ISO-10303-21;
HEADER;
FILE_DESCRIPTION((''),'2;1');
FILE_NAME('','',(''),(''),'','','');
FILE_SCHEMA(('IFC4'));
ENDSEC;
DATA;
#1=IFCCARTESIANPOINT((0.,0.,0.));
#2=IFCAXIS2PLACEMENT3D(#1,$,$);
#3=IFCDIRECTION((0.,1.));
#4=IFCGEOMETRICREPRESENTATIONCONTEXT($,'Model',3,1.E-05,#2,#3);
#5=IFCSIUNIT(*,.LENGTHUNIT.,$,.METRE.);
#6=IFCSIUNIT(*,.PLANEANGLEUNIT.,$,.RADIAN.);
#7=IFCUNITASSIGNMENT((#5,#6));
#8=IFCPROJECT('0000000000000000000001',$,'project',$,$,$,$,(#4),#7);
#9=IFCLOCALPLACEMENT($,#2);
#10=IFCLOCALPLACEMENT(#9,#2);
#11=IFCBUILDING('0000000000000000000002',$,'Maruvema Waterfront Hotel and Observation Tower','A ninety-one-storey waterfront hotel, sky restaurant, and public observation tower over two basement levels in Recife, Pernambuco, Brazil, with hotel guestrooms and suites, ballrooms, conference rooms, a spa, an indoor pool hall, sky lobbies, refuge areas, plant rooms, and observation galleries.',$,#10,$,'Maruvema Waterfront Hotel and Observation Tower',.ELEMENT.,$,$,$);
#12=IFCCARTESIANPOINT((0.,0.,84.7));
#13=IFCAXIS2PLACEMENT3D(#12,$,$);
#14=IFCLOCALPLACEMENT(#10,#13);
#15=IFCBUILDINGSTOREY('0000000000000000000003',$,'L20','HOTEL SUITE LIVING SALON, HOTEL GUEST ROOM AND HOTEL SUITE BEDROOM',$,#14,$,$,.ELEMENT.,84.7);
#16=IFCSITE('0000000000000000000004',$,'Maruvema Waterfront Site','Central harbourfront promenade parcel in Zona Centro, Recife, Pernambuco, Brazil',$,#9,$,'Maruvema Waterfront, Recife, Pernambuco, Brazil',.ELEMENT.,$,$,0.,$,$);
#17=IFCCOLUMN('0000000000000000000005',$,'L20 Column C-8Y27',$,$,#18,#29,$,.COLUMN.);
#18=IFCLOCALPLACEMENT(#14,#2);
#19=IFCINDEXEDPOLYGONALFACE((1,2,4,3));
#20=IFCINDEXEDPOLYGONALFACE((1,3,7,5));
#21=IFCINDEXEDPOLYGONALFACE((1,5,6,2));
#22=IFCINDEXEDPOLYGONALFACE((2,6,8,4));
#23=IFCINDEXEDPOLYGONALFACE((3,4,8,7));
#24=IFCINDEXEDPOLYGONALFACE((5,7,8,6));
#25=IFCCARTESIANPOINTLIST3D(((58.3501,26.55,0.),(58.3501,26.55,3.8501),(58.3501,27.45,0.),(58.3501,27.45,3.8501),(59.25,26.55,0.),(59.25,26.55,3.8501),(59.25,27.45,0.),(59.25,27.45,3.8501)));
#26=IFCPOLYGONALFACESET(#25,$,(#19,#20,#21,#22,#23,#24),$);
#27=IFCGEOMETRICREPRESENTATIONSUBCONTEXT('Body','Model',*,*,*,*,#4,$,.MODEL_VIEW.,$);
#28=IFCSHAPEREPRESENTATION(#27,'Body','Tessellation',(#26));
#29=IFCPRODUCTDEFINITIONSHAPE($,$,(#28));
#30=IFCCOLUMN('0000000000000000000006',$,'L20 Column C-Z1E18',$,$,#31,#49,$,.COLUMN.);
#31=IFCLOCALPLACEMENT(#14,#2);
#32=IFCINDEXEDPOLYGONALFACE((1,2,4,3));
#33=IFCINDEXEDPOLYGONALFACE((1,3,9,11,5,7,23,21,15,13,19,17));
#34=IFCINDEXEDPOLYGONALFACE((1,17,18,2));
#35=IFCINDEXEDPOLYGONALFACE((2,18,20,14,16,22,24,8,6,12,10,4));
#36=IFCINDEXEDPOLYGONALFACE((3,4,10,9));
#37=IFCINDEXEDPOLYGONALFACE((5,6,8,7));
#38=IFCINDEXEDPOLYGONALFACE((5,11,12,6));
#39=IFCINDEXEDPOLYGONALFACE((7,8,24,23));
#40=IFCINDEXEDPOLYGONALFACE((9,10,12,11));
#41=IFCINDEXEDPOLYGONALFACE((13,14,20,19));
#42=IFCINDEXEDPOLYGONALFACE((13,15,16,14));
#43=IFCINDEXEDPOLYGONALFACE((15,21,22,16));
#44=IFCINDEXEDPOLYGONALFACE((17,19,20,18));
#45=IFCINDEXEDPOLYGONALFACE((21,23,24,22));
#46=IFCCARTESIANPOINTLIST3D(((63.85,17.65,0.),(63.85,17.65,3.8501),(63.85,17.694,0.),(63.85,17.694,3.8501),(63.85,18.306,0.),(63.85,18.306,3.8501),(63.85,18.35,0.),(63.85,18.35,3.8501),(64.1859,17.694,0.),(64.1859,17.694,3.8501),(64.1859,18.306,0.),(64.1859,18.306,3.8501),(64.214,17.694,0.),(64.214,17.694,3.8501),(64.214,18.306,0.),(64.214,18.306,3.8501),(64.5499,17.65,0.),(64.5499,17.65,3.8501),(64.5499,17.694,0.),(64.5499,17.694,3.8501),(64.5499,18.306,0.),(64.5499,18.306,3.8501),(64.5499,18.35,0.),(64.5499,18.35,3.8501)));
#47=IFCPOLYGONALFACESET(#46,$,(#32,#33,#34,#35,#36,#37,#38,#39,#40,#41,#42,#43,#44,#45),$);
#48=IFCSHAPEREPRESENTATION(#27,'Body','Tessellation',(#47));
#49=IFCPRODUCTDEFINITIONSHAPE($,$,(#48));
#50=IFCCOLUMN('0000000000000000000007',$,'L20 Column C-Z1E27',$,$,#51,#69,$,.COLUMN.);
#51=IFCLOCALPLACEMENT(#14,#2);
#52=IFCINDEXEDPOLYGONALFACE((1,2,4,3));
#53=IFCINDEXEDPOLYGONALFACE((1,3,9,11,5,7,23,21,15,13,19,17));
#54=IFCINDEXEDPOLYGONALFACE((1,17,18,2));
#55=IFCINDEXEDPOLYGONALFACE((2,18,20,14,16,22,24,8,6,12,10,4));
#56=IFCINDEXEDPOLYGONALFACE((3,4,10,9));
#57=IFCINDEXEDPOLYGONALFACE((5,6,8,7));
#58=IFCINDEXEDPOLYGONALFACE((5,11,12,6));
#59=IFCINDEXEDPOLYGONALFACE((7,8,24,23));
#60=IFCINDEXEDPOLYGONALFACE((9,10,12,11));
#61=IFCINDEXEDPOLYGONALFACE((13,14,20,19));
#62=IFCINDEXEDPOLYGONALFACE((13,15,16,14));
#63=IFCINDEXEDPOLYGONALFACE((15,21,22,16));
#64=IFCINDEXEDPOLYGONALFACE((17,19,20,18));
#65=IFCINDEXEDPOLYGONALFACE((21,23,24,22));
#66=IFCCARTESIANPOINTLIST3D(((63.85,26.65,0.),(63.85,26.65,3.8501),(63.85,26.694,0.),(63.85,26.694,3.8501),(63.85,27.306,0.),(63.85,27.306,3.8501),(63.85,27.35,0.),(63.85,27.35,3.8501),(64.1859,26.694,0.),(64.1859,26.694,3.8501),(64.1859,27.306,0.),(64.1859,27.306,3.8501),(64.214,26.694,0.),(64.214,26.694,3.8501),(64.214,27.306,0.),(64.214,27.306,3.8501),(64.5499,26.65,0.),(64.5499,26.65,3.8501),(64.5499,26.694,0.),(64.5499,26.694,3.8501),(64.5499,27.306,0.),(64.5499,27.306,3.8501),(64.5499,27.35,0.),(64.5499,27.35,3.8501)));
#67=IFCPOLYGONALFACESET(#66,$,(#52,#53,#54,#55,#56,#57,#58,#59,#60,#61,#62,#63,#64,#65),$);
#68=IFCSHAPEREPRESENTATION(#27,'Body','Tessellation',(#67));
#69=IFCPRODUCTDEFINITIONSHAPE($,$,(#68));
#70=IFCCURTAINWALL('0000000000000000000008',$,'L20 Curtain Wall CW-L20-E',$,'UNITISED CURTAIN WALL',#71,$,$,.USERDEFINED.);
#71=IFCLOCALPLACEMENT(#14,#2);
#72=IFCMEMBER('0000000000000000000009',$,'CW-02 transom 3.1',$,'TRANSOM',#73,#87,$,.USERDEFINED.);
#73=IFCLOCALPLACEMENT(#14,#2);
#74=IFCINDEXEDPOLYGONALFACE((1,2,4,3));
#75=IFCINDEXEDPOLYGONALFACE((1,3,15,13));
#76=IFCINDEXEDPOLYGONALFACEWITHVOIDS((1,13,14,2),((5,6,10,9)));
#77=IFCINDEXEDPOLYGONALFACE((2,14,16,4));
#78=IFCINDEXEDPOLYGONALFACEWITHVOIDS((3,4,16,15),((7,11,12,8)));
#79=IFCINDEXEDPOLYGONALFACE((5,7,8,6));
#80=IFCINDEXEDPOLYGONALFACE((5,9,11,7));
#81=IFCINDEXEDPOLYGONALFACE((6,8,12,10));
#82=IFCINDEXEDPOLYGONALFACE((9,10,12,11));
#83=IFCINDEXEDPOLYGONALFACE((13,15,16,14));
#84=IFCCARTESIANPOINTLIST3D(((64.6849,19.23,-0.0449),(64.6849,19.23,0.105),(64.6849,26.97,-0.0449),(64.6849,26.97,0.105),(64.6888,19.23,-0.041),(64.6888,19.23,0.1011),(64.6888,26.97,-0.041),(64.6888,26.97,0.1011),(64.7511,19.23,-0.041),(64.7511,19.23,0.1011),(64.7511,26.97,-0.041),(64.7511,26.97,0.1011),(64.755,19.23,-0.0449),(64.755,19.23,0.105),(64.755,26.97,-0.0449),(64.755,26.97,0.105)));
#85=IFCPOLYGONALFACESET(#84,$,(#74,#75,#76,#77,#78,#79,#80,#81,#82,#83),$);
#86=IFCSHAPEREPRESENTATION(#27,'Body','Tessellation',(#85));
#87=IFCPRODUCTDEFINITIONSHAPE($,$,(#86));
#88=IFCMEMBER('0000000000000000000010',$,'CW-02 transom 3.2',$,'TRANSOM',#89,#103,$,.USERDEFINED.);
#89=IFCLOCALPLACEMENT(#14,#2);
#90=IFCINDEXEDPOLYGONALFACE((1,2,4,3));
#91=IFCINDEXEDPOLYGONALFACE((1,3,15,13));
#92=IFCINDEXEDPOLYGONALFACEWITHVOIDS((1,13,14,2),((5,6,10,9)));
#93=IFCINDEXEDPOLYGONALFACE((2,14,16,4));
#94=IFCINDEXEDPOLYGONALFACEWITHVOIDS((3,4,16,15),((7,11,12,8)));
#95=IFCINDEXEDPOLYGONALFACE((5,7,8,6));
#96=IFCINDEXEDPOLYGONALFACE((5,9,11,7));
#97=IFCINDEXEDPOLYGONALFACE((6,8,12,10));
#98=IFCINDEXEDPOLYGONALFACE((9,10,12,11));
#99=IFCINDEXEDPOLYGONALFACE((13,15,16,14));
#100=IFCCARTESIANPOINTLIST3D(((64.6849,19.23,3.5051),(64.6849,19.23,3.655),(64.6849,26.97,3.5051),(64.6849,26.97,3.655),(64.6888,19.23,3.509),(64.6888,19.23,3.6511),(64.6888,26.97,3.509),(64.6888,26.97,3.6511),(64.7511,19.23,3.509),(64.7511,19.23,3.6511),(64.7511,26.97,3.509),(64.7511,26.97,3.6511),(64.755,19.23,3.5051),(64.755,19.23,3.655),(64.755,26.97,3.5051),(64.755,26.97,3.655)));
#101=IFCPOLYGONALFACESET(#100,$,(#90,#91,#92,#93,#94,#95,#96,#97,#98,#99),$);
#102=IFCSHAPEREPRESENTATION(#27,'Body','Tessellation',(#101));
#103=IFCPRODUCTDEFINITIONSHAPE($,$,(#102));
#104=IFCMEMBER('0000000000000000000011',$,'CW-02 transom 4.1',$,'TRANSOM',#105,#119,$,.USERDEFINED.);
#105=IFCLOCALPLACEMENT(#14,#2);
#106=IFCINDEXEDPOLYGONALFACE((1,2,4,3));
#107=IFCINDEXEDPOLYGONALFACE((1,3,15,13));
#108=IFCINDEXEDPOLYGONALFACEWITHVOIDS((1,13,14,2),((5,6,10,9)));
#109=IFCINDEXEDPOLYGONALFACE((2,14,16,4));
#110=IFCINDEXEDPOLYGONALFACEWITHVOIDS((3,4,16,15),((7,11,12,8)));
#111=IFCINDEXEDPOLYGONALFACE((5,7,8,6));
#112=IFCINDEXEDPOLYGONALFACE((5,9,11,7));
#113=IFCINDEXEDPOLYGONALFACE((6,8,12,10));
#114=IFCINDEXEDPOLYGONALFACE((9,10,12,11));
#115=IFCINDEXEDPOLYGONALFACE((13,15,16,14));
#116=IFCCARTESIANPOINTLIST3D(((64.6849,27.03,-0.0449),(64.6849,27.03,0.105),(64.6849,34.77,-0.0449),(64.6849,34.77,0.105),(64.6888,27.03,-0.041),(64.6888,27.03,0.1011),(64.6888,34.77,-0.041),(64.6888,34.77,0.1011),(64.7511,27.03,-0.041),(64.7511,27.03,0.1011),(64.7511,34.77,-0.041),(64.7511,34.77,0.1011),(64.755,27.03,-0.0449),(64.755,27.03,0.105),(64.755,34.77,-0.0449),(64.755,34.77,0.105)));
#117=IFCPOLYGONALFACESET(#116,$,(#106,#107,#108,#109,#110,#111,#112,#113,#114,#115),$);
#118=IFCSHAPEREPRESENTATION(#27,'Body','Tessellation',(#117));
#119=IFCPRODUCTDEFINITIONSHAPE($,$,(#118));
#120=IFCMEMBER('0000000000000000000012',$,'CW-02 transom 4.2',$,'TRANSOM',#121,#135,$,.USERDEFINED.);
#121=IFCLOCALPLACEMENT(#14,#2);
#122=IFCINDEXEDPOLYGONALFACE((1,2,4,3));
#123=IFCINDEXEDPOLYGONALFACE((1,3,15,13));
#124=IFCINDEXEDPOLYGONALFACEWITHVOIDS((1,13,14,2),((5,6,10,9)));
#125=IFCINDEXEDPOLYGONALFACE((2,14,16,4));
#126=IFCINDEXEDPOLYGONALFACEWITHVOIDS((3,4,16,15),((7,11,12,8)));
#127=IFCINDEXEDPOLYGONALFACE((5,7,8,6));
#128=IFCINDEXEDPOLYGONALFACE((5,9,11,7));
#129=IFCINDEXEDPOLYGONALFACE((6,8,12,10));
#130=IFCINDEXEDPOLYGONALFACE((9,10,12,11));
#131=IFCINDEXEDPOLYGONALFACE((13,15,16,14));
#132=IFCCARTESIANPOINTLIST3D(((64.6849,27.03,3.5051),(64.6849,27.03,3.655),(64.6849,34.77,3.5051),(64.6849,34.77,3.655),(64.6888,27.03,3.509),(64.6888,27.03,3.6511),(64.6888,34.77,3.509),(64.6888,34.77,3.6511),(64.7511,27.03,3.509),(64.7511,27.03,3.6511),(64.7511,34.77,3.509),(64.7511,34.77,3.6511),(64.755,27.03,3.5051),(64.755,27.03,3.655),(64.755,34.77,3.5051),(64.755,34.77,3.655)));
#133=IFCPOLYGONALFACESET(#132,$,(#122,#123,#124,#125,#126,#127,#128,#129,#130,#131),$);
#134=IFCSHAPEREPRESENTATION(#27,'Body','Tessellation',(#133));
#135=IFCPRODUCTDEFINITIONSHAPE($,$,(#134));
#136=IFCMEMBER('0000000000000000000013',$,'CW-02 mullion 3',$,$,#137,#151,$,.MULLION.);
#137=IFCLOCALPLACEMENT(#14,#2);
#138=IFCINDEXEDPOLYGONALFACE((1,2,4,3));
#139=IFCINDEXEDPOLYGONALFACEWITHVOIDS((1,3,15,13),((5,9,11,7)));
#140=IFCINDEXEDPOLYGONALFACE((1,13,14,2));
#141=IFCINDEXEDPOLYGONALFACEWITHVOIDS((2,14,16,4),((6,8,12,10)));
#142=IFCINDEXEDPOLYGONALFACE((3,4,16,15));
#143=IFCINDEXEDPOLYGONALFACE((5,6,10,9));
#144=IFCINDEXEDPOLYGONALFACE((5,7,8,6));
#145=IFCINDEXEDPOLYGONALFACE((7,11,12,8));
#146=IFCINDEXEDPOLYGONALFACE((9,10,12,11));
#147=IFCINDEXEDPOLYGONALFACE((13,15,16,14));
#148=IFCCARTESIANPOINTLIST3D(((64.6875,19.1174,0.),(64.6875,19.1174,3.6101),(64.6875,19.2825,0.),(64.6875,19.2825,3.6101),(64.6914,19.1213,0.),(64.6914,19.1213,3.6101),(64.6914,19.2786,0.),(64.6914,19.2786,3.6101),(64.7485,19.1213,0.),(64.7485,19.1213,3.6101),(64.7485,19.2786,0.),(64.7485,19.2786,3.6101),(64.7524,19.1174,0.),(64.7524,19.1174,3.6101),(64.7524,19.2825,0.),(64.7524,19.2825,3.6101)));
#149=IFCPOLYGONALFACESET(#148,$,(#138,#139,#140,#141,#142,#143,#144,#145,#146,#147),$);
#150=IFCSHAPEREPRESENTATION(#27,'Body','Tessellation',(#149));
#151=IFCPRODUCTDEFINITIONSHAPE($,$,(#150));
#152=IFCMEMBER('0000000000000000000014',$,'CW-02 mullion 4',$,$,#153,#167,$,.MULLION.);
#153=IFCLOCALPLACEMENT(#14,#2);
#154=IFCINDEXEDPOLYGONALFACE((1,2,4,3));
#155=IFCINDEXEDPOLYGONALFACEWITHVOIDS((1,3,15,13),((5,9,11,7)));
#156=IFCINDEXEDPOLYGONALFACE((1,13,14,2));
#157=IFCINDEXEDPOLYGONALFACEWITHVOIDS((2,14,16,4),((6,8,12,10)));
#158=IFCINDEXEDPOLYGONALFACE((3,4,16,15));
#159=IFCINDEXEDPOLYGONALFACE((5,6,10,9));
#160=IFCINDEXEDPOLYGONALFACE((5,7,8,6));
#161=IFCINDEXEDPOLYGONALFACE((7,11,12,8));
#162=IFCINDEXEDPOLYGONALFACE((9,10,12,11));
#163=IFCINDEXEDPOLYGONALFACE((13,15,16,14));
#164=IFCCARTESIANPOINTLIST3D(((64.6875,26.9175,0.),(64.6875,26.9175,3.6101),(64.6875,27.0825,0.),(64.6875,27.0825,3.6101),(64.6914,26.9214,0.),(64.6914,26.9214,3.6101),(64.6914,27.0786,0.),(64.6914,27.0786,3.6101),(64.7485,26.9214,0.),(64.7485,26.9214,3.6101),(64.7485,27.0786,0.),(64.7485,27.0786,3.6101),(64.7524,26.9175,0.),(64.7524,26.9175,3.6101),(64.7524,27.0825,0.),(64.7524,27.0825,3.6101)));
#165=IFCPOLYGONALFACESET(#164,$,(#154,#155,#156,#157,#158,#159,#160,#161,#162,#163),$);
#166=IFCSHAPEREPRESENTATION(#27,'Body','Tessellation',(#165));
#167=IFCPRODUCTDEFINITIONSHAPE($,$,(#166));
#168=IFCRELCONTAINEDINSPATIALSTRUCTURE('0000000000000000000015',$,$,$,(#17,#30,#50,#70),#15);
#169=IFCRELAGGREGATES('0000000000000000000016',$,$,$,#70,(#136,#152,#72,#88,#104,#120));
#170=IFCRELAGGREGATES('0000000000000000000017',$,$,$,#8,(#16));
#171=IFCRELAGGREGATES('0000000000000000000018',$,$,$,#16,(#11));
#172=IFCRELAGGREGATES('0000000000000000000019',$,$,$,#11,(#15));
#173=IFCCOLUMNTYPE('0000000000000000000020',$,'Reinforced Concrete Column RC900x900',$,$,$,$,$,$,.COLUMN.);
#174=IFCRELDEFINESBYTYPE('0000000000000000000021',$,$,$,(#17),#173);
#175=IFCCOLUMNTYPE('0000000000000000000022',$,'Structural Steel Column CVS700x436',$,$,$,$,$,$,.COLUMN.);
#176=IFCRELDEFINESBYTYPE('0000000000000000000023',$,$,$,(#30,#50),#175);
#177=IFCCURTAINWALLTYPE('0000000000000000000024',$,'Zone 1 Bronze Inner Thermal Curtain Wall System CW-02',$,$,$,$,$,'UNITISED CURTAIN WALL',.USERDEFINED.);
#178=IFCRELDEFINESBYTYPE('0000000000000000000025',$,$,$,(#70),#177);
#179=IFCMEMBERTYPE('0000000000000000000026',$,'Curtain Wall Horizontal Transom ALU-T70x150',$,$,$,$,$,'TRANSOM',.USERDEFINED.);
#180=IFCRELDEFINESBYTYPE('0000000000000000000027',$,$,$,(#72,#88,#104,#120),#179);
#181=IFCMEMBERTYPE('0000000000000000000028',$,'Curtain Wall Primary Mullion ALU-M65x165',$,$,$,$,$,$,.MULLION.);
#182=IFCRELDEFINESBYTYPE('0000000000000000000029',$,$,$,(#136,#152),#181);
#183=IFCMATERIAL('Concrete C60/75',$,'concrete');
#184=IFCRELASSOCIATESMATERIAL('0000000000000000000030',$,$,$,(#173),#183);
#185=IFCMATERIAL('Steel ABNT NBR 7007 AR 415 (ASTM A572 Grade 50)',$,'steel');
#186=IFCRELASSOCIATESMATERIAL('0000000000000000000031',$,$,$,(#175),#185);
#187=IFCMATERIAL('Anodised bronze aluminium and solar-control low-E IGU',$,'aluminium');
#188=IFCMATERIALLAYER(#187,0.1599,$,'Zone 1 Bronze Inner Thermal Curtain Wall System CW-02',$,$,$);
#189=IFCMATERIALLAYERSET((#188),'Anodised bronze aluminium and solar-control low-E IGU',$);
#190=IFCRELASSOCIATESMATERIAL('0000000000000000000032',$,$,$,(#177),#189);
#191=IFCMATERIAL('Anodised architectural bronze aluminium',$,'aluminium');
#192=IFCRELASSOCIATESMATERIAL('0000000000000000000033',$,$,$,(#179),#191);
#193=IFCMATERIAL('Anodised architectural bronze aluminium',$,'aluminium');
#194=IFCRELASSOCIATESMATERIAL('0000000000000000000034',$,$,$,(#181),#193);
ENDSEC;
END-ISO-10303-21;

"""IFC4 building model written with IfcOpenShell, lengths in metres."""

from ifc_helpers import new_model, si_unit, direction, frame, origin, origin_2d, place, context, subcontext, project, spatial, rectangle, hollow_rectangle, i_section, extrude, material, layer, layer_set, material_profile, profile_set, type_object, element, aggregate, save


model = new_model("IFC4")

# Units and contexts
model_context = context("Model", 3, precision=1e-05, world=origin(), true_north=direction((0.0, 1.0)))
body_context = subcontext(model_context, "Body", "Model", "MODEL_VIEW")
ifc_project = project(units=[si_unit("LENGTHUNIT", "METRE"), si_unit("PLANEANGLEUNIT", "RADIAN")], contexts=[model_context])

# Site, building, storey
site_placement = place(None, origin())
site = spatial("IfcSite", under=ifc_project, at=site_placement, Name="Maruvema Waterfront Site", Description="Central harbourfront promenade parcel in Zona Centro, Recife, Pernambuco, Brazil", LongName="Maruvema Waterfront, Recife, Pernambuco, Brazil", CompositionType="ELEMENT", RefElevation=0.0)
building_placement = place(site_placement, origin())
building = spatial("IfcBuilding", under=site, at=building_placement, Name="Maruvema Waterfront Hotel and Observation Tower", Description="A ninety-one-storey waterfront hotel, sky restaurant, and public observation tower over two basement levels in Recife, Pernambuco, Brazil, with hotel guestrooms and suites, ballrooms, conference rooms, a spa, an indoor pool hall, sky lobbies, refuge areas, plant rooms, and observation galleries.", LongName="Maruvema Waterfront Hotel and Observation Tower", CompositionType="ELEMENT")
storey_placement = place(building_placement, frame((0.0, 0.0, 84.7)))
storey = spatial("IfcBuildingStorey", under=building, at=storey_placement, Name="L20", Description="HOTEL SUITE LIVING SALON, HOTEL GUEST ROOM AND HOTEL SUITE BEDROOM", CompositionType="ELEMENT", Elevation=84.7)

# Columns
ifc_material_1 = material(Name="Concrete C60/75", Category="concrete")
ifc_material_profile_1 = material_profile(ifc_material_1, rectangle(XDim=0.8999, YDim=0.8999, at=origin_2d()), Name="RC900x900")
ifc_profile_set_1 = profile_set([ifc_material_profile_1], Name="Concrete C60/75")
column_type_1 = type_object("IfcColumnType", Name="Reinforced Concrete Column RC900x900", PredefinedType="COLUMN", material=ifc_profile_set_1)
column_placement = place(storey_placement, frame((58.8, 27.0, 0.0), z_axis=(0.0, 0.0, 1.0), x_axis=(1.0, 0.0, 0.0)))
element("IfcColumn", 1, at=column_placement, inside=storey, type_object=column_type_1, Name="L20 Column C-8Y27", PredefinedType="COLUMN", context=body_context, shape_type="SweptSolid", body=[
    extrude(rectangle(XDim=0.8999, YDim=0.8999, at=origin_2d()), origin(), (0.0, 0.0, 1.0), 3.8501),
])
ifc_material_2 = material(Name="Steel ABNT NBR 7007 AR 415 (ASTM A572 Grade 50)", Category="steel")
ifc_material_profile_2 = material_profile(ifc_material_2, i_section(OverallWidth=0.7, OverallDepth=0.7, WebThickness=0.0281, FlangeThickness=0.0439, at=origin_2d()), Name="CVS700x436")
ifc_profile_set_2 = profile_set([ifc_material_profile_2], Name="Steel ABNT NBR 7007 AR 415 (ASTM A572 Grade 50)")
column_type_2 = type_object("IfcColumnType", Name="Structural Steel Column CVS700x436", PredefinedType="COLUMN", material=ifc_profile_set_2)
for number, where, z_axis, x_axis, name in (
    (2, (64.2, 18.0, 0.0), (0.0, 0.0, 1.0), (1.0, 0.0, 0.0), "L20 Column C-Z1E18"),
    (3, (64.2, 27.0, 0.0), (0.0, 0.0, 1.0), (1.0, 0.0, 0.0), "L20 Column C-Z1E27"),
):
    element("IfcColumn", number, at=place(storey_placement, frame(where, z_axis=z_axis, x_axis=x_axis)), inside=storey, type_object=column_type_2, Name=name, PredefinedType="COLUMN", context=body_context, shape_type="SweptSolid", body=[
        extrude(i_section(OverallWidth=0.7, OverallDepth=0.7, WebThickness=0.0281, FlangeThickness=0.0439, at=origin_2d()), origin(), (0.0, 0.0, 1.0), 3.8501),
    ])

# Curtain wall, members
ifc_material_3 = material(Name="Anodised bronze aluminium and solar-control low-E IGU", Category="aluminium")
ifc_layer_1 = layer(ifc_material_3, 0.1599, Name="Zone 1 Bronze Inner Thermal Curtain Wall System CW-02")
ifc_layer_set_1 = layer_set([ifc_layer_1], Name="Anodised bronze aluminium and solar-control low-E IGU")
curtain_wall_type = type_object("IfcCurtainWallType", Name="Zone 1 Bronze Inner Thermal Curtain Wall System CW-02", ElementType="UNITISED CURTAIN WALL", PredefinedType="USERDEFINED", material=ifc_layer_set_1)
curtain_wall_placement = place(storey_placement, origin())
curtain_wall = element("IfcCurtainWall", 4, at=curtain_wall_placement, inside=storey, type_object=curtain_wall_type, Name="L20 Curtain Wall CW-L20-E", ObjectType="UNITISED CURTAIN WALL", PredefinedType="USERDEFINED")
ifc_material_4 = material(Name="Anodised architectural bronze aluminium", Category="aluminium")
ifc_material_profile_3 = material_profile(ifc_material_4, hollow_rectangle(XDim=0.0701, YDim=0.1499, WallThickness=0.0039, at=origin_2d()), Name="ALU-T70x150")
ifc_profile_set_3 = profile_set([ifc_material_profile_3], Name="Anodised architectural bronze aluminium")
member_type_1 = type_object("IfcMemberType", Name="Curtain Wall Horizontal Transom ALU-T70x150", ElementType="TRANSOM", PredefinedType="USERDEFINED", material=ifc_profile_set_3)
member_1_placement = place(storey_placement, frame((64.72, 19.23, 0.03), z_axis=(0.0, 1.0, 0.0), x_axis=(-1.0, 0.0, 0.0)))
member_1 = element("IfcMember", 5, at=member_1_placement, type_object=member_type_1, Name="CW-02 transom 3.1", ObjectType="TRANSOM", PredefinedType="USERDEFINED", context=body_context, shape_type="SweptSolid", body=[
    extrude(hollow_rectangle(XDim=0.0701, YDim=0.1499, WallThickness=0.0039, at=origin_2d()), origin(), (0.0, 0.0, 1.0), 7.74),
])
member_2_placement = place(storey_placement, frame((64.72, 19.23, 3.5801), z_axis=(0.0, 1.0, 0.0), x_axis=(-1.0, 0.0, 0.0)))
member_2 = element("IfcMember", 6, at=member_2_placement, type_object=member_type_1, Name="CW-02 transom 3.2", ObjectType="TRANSOM", PredefinedType="USERDEFINED", context=body_context, shape_type="SweptSolid", body=[
    extrude(hollow_rectangle(XDim=0.0701, YDim=0.1499, WallThickness=0.0039, at=origin_2d()), origin(), (0.0, 0.0, 1.0), 7.74),
])
member_3_placement = place(storey_placement, frame((64.72, 27.03, 0.03), z_axis=(0.0, 1.0, 0.0), x_axis=(-1.0, 0.0, 0.0)))
member_3 = element("IfcMember", 7, at=member_3_placement, type_object=member_type_1, Name="CW-02 transom 4.1", ObjectType="TRANSOM", PredefinedType="USERDEFINED", context=body_context, shape_type="SweptSolid", body=[
    extrude(hollow_rectangle(XDim=0.0701, YDim=0.1499, WallThickness=0.0039, at=origin_2d()), origin(), (0.0, 0.0, 1.0), 7.74),
])
member_4_placement = place(storey_placement, frame((64.72, 27.03, 3.5801), z_axis=(0.0, 1.0, 0.0), x_axis=(-1.0, 0.0, 0.0)))
member_4 = element("IfcMember", 8, at=member_4_placement, type_object=member_type_1, Name="CW-02 transom 4.2", ObjectType="TRANSOM", PredefinedType="USERDEFINED", context=body_context, shape_type="SweptSolid", body=[
    extrude(hollow_rectangle(XDim=0.0701, YDim=0.1499, WallThickness=0.0039, at=origin_2d()), origin(), (0.0, 0.0, 1.0), 7.74),
])
ifc_material_5 = material(Name="Anodised architectural bronze aluminium", Category="aluminium")
ifc_material_profile_4 = material_profile(ifc_material_5, hollow_rectangle(XDim=0.0649, YDim=0.165, WallThickness=0.0039, at=origin_2d()), Name="ALU-M65x165")
ifc_profile_set_4 = profile_set([ifc_material_profile_4], Name="Anodised architectural bronze aluminium")
member_type_2 = type_object("IfcMemberType", Name="Curtain Wall Primary Mullion ALU-M65x165", PredefinedType="MULLION", material=ifc_profile_set_4)
member_5_placement = place(storey_placement, frame((64.72, 19.2, 0.0), z_axis=(0.0, 0.0, 1.0), x_axis=(-1.0, 0.0, 0.0)))
member_5 = element("IfcMember", 9, at=member_5_placement, type_object=member_type_2, Name="CW-02 mullion 3", PredefinedType="MULLION", context=body_context, shape_type="SweptSolid", body=[
    extrude(hollow_rectangle(XDim=0.0649, YDim=0.165, WallThickness=0.0039, at=origin_2d()), origin(), (0.0, 0.0, 1.0), 3.6101),
])
member_6_placement = place(storey_placement, frame((64.72, 27.0, 0.0), z_axis=(0.0, 0.0, 1.0), x_axis=(-1.0, 0.0, 0.0)))
member_6 = element("IfcMember", 10, at=member_6_placement, type_object=member_type_2, Name="CW-02 mullion 4", PredefinedType="MULLION", context=body_context, shape_type="SweptSolid", body=[
    extrude(hollow_rectangle(XDim=0.0649, YDim=0.165, WallThickness=0.0039, at=origin_2d()), origin(), (0.0, 0.0, 1.0), 3.6101),
])

aggregate(curtain_wall, [member_5, member_6, member_1, member_2, member_3, member_4])

save(model, "model.ifc")
